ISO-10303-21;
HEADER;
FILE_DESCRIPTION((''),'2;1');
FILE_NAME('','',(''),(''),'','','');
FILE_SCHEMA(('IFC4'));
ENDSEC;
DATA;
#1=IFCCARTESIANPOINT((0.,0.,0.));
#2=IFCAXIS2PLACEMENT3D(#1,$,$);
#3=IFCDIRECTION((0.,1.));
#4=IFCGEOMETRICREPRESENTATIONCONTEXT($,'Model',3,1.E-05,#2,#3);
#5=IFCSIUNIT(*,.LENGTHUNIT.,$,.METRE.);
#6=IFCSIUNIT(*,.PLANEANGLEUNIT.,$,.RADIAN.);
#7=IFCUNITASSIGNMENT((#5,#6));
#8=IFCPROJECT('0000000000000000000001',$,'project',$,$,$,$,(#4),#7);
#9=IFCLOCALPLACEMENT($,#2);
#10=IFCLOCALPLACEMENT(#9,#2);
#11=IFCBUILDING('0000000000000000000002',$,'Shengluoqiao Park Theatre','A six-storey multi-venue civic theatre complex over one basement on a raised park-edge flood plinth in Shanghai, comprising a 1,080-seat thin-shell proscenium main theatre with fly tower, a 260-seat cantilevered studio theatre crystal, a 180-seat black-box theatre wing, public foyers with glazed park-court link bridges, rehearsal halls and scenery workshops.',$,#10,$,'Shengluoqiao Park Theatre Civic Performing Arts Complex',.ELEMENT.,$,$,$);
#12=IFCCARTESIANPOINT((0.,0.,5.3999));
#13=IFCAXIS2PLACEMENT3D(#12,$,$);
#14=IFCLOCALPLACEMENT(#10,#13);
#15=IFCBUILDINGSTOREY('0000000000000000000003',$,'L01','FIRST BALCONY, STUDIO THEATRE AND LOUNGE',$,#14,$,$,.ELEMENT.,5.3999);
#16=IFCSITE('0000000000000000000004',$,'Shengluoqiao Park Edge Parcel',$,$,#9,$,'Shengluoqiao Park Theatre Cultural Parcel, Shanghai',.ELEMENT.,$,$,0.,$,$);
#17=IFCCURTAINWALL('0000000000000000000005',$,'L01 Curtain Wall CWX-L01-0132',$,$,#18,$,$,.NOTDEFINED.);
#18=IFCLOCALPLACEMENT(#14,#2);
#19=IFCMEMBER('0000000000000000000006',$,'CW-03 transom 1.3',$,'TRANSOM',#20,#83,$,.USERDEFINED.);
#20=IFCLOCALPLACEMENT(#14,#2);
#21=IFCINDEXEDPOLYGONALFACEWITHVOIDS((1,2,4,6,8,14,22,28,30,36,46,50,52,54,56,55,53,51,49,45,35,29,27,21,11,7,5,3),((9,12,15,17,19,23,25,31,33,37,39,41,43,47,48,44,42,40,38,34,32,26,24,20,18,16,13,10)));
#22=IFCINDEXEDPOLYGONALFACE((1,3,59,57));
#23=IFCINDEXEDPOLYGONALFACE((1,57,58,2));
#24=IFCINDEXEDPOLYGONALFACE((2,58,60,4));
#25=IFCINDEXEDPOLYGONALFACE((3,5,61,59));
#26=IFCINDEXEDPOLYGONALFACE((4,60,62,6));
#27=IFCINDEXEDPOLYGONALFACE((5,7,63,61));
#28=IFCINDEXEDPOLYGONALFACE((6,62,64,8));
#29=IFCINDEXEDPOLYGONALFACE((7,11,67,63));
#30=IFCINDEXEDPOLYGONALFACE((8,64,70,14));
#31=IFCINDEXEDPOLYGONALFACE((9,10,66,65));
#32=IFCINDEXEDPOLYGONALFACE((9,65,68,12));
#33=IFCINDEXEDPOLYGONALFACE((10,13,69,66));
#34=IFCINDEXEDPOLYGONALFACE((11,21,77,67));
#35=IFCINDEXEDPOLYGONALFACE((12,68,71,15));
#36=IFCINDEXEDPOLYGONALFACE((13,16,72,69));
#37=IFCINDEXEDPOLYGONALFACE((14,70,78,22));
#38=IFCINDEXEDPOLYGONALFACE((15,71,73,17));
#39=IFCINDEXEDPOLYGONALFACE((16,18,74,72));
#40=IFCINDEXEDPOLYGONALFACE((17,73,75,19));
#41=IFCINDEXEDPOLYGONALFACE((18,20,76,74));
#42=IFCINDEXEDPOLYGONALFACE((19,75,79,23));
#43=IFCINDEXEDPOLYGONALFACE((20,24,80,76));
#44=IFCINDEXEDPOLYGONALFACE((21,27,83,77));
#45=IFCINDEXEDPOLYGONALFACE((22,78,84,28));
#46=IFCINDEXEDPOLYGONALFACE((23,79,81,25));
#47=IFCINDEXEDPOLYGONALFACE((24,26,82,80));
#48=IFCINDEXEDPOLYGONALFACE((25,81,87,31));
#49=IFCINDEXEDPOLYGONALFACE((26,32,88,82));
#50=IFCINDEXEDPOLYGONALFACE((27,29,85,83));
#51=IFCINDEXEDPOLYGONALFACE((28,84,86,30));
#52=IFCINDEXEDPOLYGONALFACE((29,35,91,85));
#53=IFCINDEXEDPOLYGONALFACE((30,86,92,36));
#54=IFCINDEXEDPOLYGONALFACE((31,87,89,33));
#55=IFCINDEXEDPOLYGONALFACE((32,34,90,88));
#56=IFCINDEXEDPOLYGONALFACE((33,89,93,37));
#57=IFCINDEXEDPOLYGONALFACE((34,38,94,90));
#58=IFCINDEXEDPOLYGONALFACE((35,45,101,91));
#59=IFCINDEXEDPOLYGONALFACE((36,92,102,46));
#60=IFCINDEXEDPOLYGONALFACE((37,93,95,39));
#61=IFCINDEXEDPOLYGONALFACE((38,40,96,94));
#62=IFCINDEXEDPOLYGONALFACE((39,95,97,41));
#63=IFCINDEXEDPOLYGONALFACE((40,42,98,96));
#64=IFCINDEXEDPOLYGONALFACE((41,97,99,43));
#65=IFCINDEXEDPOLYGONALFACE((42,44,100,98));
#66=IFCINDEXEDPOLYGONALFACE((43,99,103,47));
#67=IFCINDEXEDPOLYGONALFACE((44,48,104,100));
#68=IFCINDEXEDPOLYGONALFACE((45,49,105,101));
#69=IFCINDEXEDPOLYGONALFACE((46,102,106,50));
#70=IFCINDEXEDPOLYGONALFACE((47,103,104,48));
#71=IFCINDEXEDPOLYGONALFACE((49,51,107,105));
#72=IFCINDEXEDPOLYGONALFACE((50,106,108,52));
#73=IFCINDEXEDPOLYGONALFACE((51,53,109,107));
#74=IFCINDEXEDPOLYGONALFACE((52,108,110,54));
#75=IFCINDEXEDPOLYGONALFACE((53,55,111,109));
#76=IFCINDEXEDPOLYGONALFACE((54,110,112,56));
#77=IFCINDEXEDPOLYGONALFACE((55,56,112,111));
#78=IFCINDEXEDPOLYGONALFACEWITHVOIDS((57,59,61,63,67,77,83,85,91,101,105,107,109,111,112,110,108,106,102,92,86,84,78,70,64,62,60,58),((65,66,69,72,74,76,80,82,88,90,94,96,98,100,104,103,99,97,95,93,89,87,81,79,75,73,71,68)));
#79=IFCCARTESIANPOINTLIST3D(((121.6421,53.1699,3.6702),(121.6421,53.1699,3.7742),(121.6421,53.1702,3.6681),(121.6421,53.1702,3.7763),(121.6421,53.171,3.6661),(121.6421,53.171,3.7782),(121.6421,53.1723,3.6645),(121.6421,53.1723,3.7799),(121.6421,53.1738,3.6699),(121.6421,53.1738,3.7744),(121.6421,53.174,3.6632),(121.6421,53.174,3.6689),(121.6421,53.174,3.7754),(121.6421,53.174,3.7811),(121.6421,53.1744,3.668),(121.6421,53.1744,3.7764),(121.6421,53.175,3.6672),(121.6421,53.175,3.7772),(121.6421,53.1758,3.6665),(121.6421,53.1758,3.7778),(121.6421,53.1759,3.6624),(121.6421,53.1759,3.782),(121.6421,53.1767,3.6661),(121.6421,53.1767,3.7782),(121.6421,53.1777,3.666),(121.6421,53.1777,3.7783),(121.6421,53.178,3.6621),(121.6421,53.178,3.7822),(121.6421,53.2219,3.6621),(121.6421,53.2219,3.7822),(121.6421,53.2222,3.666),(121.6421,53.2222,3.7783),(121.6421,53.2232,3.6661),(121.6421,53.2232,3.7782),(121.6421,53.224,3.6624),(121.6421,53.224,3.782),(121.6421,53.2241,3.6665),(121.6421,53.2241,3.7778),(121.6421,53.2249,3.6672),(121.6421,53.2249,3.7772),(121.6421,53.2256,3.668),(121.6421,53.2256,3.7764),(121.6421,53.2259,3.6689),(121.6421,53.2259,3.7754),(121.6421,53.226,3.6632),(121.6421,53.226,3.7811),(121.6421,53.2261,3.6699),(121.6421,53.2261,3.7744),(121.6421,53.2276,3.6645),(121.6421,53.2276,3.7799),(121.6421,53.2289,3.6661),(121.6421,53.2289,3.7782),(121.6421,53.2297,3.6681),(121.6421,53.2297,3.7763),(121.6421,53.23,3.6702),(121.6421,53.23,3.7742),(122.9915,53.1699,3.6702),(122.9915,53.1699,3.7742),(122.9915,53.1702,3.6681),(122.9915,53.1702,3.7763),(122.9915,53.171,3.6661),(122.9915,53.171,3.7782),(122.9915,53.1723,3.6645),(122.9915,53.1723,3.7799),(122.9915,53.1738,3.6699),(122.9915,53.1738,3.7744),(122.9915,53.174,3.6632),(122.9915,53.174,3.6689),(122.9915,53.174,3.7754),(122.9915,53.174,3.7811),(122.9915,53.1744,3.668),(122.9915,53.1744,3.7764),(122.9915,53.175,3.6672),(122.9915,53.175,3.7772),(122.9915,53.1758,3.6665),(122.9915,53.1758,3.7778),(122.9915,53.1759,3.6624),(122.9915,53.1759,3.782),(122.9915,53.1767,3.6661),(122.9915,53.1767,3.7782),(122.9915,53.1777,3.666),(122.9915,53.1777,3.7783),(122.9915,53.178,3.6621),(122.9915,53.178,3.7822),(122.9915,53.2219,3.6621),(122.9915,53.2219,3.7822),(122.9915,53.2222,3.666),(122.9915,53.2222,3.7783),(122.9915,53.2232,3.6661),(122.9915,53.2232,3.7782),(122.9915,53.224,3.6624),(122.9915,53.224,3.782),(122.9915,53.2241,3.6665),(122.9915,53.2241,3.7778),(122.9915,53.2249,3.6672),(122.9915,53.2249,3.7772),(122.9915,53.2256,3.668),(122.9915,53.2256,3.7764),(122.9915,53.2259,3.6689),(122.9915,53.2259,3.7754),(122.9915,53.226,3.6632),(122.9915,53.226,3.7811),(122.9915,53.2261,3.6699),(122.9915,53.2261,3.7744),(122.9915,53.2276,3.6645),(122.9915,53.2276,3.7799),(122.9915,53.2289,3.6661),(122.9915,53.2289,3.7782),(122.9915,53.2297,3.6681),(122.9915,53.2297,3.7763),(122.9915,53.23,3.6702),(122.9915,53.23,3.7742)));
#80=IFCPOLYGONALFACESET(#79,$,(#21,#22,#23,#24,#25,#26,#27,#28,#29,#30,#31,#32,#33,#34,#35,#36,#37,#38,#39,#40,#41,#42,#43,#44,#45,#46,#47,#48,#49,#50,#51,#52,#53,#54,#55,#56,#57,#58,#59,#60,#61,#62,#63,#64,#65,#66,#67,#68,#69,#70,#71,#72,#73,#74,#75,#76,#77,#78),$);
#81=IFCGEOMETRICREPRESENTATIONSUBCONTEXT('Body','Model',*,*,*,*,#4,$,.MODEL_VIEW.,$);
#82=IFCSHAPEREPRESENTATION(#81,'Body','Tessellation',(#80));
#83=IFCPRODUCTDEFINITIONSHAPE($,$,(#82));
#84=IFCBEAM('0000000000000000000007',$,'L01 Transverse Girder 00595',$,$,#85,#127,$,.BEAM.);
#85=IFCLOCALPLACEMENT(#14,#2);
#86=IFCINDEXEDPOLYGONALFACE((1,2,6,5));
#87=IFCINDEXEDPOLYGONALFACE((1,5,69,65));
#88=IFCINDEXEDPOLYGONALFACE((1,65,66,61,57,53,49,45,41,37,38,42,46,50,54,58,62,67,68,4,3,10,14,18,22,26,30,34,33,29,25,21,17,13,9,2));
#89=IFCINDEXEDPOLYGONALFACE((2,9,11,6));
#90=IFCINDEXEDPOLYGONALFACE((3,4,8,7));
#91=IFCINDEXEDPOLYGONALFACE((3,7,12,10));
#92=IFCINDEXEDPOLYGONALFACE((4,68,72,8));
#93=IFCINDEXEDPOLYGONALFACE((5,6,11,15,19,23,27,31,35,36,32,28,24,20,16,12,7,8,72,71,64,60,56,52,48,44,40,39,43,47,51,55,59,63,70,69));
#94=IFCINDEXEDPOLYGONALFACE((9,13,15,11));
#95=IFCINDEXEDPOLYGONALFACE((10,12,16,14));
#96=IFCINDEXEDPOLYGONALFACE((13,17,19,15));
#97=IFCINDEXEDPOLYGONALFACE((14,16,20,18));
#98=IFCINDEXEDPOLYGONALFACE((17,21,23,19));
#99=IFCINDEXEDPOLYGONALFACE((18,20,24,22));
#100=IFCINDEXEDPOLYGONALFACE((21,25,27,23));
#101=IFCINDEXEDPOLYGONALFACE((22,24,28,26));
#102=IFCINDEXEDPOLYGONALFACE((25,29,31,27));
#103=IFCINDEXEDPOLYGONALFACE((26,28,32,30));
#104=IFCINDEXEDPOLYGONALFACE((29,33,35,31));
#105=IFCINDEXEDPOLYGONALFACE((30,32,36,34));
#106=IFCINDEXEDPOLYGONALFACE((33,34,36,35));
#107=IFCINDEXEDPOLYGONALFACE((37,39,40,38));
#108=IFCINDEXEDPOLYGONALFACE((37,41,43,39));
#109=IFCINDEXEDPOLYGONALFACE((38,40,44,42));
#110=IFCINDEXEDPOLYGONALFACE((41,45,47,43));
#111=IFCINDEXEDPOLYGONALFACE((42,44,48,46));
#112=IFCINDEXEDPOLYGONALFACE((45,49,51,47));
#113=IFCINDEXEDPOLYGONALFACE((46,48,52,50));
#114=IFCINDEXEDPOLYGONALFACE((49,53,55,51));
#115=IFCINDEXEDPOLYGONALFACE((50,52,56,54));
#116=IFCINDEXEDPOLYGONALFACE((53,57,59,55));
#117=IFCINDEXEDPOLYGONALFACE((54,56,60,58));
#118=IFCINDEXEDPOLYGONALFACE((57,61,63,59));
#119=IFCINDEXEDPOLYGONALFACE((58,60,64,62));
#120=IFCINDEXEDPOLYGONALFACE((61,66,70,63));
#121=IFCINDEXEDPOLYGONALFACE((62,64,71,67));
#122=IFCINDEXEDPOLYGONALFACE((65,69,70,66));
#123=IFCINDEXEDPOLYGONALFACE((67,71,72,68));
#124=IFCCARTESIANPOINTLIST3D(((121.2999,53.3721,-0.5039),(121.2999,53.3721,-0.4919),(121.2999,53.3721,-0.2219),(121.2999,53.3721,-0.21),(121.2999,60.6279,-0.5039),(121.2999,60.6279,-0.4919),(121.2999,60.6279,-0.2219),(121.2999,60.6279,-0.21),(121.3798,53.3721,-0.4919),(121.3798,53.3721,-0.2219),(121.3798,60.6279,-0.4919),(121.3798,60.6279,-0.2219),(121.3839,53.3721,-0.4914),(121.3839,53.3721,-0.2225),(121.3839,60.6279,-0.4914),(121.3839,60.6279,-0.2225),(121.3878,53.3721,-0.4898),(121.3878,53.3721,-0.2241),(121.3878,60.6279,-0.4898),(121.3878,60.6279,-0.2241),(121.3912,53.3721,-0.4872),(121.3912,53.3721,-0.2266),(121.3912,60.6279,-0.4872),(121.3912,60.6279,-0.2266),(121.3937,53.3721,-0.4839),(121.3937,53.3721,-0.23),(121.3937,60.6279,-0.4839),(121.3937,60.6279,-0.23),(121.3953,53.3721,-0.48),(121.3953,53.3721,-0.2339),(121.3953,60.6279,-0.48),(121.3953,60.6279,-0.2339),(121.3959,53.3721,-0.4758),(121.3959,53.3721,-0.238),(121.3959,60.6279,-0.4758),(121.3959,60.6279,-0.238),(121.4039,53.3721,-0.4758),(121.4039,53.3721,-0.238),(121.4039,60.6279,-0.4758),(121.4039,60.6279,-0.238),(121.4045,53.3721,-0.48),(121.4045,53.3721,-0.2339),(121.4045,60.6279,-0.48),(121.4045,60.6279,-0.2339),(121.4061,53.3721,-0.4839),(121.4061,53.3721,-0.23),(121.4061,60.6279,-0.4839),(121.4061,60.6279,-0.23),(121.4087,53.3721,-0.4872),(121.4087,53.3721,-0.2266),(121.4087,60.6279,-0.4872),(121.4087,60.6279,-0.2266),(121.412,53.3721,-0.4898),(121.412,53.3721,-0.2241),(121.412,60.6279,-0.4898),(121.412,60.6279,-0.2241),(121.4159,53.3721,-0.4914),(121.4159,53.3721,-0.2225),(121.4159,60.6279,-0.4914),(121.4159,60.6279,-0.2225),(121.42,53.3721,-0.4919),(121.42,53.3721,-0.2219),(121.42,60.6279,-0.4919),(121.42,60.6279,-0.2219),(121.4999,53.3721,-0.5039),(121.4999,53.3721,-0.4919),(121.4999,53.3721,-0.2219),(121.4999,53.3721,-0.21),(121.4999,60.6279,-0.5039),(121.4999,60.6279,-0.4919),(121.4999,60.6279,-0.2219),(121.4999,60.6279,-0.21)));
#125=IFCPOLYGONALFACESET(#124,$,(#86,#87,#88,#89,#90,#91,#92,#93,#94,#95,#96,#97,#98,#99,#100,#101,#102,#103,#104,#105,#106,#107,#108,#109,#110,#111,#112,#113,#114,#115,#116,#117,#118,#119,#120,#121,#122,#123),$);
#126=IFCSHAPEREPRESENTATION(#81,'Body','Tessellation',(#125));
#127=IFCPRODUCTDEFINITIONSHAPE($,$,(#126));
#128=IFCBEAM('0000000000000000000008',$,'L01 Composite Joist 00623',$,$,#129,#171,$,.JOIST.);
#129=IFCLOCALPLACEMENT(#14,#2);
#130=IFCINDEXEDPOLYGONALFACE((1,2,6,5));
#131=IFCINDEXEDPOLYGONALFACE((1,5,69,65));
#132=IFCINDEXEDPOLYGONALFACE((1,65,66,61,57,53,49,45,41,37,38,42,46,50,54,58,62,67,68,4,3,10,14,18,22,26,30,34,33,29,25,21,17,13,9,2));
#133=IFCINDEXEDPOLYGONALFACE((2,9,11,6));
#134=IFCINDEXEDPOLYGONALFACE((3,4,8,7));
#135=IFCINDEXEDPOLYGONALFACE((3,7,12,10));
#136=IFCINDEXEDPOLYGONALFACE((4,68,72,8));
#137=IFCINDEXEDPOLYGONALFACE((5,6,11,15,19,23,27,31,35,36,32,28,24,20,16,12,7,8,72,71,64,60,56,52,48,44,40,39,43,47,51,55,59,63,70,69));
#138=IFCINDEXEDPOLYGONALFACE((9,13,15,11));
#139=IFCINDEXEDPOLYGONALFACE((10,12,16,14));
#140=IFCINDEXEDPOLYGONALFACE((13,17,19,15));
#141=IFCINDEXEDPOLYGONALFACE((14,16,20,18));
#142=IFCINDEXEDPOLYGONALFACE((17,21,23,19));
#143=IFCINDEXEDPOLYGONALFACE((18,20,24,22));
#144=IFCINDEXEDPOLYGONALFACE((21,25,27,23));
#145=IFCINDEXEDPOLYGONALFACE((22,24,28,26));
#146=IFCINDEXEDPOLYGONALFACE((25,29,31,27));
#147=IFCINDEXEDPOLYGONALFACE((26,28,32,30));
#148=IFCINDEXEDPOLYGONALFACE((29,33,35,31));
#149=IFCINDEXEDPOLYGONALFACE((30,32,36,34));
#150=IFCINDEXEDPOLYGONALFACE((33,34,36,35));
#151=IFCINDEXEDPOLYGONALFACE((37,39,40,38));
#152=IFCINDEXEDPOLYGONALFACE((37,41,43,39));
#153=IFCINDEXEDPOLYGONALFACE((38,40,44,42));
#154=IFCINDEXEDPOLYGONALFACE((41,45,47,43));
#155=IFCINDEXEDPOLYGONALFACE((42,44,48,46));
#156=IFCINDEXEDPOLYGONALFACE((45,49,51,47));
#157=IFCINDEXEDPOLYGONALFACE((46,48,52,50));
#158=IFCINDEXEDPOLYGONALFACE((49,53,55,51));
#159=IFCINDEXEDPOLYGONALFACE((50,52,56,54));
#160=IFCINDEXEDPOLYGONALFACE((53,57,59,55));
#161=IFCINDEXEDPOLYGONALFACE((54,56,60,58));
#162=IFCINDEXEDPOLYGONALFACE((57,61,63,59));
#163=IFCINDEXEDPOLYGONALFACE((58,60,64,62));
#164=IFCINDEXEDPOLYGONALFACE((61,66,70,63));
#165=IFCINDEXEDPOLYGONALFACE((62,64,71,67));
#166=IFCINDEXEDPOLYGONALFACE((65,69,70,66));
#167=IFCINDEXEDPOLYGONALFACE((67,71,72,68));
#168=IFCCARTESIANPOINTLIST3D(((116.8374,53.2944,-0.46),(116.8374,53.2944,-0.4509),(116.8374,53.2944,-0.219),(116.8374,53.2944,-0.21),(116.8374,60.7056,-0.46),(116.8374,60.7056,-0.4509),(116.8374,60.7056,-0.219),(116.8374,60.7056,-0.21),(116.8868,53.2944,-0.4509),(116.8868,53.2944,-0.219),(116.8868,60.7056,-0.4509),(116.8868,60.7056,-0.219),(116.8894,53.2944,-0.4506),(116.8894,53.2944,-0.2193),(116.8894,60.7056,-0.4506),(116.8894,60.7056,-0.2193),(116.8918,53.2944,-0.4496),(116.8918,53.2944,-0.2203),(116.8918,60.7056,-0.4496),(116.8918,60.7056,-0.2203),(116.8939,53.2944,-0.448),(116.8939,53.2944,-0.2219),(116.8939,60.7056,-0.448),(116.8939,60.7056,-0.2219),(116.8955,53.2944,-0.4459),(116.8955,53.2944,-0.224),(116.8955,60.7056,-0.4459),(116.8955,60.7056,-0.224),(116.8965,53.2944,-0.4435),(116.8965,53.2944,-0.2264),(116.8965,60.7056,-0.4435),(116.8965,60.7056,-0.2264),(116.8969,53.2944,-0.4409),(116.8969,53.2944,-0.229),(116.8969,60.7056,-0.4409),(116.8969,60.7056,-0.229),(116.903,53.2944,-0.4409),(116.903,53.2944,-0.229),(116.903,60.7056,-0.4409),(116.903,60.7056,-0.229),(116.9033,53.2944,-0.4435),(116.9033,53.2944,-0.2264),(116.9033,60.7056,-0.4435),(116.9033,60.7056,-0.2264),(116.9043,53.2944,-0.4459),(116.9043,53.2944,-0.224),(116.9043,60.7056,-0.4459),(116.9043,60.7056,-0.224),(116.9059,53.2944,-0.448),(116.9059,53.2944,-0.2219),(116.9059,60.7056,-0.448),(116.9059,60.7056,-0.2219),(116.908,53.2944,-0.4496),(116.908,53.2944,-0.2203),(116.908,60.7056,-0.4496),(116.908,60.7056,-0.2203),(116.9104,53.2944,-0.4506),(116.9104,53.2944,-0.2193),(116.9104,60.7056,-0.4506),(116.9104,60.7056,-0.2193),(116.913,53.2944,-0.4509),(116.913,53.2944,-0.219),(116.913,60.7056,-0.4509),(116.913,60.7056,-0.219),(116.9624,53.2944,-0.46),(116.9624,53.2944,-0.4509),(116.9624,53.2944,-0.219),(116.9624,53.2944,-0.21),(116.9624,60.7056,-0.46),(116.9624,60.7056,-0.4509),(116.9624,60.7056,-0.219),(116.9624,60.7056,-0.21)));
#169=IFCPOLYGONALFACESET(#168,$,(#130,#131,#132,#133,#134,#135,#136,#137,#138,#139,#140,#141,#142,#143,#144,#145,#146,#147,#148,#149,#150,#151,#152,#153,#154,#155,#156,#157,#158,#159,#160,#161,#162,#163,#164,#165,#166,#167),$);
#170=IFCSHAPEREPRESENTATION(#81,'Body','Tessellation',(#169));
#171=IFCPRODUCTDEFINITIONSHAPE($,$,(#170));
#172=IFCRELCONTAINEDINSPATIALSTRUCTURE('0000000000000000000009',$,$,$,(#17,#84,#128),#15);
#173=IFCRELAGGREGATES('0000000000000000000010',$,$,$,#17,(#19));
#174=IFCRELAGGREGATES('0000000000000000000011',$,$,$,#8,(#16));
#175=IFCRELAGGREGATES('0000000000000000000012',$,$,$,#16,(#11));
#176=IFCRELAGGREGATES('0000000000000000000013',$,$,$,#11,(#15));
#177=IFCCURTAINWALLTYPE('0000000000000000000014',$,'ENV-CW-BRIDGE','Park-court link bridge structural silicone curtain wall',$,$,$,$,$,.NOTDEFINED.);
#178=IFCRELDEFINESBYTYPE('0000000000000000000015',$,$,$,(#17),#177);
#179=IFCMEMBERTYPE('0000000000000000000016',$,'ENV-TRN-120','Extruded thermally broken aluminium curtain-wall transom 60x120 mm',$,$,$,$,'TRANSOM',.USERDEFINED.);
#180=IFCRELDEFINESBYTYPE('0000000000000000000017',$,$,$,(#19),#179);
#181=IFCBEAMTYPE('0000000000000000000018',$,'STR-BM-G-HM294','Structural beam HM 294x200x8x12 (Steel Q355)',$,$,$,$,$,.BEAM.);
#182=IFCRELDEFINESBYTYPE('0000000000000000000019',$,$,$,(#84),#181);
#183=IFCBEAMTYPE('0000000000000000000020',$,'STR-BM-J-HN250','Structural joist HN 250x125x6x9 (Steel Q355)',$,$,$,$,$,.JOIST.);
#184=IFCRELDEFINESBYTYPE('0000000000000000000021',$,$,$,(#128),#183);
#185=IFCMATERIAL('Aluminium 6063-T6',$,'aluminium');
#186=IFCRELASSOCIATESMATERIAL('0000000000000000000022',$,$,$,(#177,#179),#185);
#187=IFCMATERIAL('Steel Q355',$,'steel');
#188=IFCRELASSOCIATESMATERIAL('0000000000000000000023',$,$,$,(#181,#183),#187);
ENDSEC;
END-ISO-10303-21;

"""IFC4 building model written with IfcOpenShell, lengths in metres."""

from ifc_helpers import new_model, si_unit, direction, frame, origin, origin_2d, place, context, subcontext, project, spatial, hollow_rectangle, i_section, extrude, material, material_profile, profile_set, type_object, element, aggregate, save


model = new_model("IFC4")

# Units and contexts
model_context = context("Model", 3, precision=1e-05, world=origin(), true_north=direction((0.0, 1.0)))
body_context = subcontext(model_context, "Body", "Model", "MODEL_VIEW")
ifc_project = project(units=[si_unit("LENGTHUNIT", "METRE"), si_unit("PLANEANGLEUNIT", "RADIAN")], contexts=[model_context])

# Site, building, storey
site_placement = place(None, origin())
site = spatial("IfcSite", under=ifc_project, at=site_placement, Name="Shengluoqiao Park Edge Parcel", LongName="Shengluoqiao Park Theatre Cultural Parcel, Shanghai", CompositionType="ELEMENT", RefElevation=0.0)
building_placement = place(site_placement, origin())
building = spatial("IfcBuilding", under=site, at=building_placement, Name="Shengluoqiao Park Theatre", Description="A six-storey multi-venue civic theatre complex over one basement on a raised park-edge flood plinth in Shanghai, comprising a 1,080-seat thin-shell proscenium main theatre with fly tower, a 260-seat cantilevered studio theatre crystal, a 180-seat black-box theatre wing, public foyers with glazed park-court link bridges, rehearsal halls and scenery workshops.", LongName="Shengluoqiao Park Theatre Civic Performing Arts Complex", CompositionType="ELEMENT")
storey_placement = place(building_placement, frame((0.0, 0.0, 5.3999)))
storey = spatial("IfcBuildingStorey", under=building, at=storey_placement, Name="L01", Description="FIRST BALCONY, STUDIO THEATRE AND LOUNGE", CompositionType="ELEMENT", Elevation=5.3999)

# Shared definitions
ifc_material_1 = material(Name="Steel Q355", Category="steel")

# Shared definitions
ifc_material_2 = material(Name="Aluminium 6063-T6", Category="aluminium")
curtain_wall_type = type_object("IfcCurtainWallType", Name="ENV-CW-BRIDGE", Description="Park-court link bridge structural silicone curtain wall", PredefinedType="NOTDEFINED", material=ifc_material_2)

# Curtain wall
curtain_wall_1_placement = place(storey_placement, origin())
curtain_wall_1 = element("IfcCurtainWall", 1, at=curtain_wall_1_placement, inside=storey, type_object=curtain_wall_type, Name="L01 Curtain Wall CWX-L01-0132", PredefinedType="NOTDEFINED")

# Member
ifc_material_profile_1 = material_profile(ifc_material_2, hollow_rectangle(XDim=0.0601, YDim=0.1201, WallThickness=0.0039, InnerFilletRadius=0.0039, OuterFilletRadius=0.0081, at=origin_2d()), Name="ALU TRANSOM 120x60x4")
ifc_profile_set_1 = profile_set([ifc_material_profile_1], Name="Aluminium 6063-T6")
member_type_1 = type_object("IfcMemberType", Name="ENV-TRN-120", Description="Extruded thermally broken aluminium curtain-wall transom 60x120 mm", ElementType="TRANSOM", PredefinedType="USERDEFINED", material=ifc_profile_set_1)
member_1_placement = place(storey_placement, frame((121.6421, 53.2, 3.7222), z_axis=(1.0, 0.0, 0.0), x_axis=(0.0, 1.0, 0.0)))
member_1 = element("IfcMember", 2, at=member_1_placement, type_object=member_type_1, Name="CW-03 transom 1.3", ObjectType="TRANSOM", PredefinedType="USERDEFINED", context=body_context, shape_type="SweptSolid", body=[
    extrude(hollow_rectangle(XDim=0.0601, YDim=0.1201, WallThickness=0.0039, InnerFilletRadius=0.0039, OuterFilletRadius=0.0081, at=origin_2d()), origin(), (0.0, 0.0, 1.0), 1.3494),
])
aggregate(curtain_wall_1, [member_1])

# Beams
ifc_material_profile_2 = material_profile(ifc_material_1, i_section(OverallWidth=0.2, OverallDepth=0.2939, WebThickness=0.0081, FlangeThickness=0.012, FilletRadius=0.0161, at=origin_2d()), Name="HM 294x200x8x12")
ifc_profile_set_2 = profile_set([ifc_material_profile_2], Name="Steel Q355")
beam_type_1 = type_object("IfcBeamType", Name="STR-BM-G-HM294", Description="Structural beam HM 294x200x8x12 (Steel Q355)", PredefinedType="BEAM", material=ifc_profile_set_2)
beam_1_placement = place(storey_placement, frame((121.3999, 53.3721, -0.3569), z_axis=(0.0, 1.0, 0.0), x_axis=(-1.0, 0.0, 0.0)))
element("IfcBeam", 3, at=beam_1_placement, inside=storey, type_object=beam_type_1, Name="L01 Transverse Girder 00595", PredefinedType="BEAM", context=body_context, shape_type="SweptSolid", body=[
    extrude(i_section(OverallWidth=0.2, OverallDepth=0.2939, WebThickness=0.0081, FlangeThickness=0.012, FilletRadius=0.0161, at=origin_2d()), origin(), (0.0, 0.0, 1.0), 7.2559),
])
ifc_material_profile_3 = material_profile(ifc_material_1, i_section(OverallWidth=0.125, OverallDepth=0.25, WebThickness=0.0061, FlangeThickness=0.009, FilletRadius=0.01, at=origin_2d()), Name="HN 250x125x6x9")
ifc_profile_set_3 = profile_set([ifc_material_profile_3], Name="Steel Q355")
beam_type_2 = type_object("IfcBeamType", Name="STR-BM-J-HN250", Description="Structural joist HN 250x125x6x9 (Steel Q355)", PredefinedType="JOIST", material=ifc_profile_set_3)
for number, where, z_axis, x_axis, name in (
    (4, (116.8999, 53.2944, -0.335), (0.0, 1.0, 0.0), (-1.0, 0.0, 0.0), "L01 Composite Joist 00623"),
):
    element("IfcBeam", number, at=place(storey_placement, frame(where, z_axis=z_axis, x_axis=x_axis)), inside=storey, type_object=beam_type_2, Name=name, PredefinedType="JOIST", context=body_context, shape_type="SweptSolid", body=[
        extrude(i_section(OverallWidth=0.125, OverallDepth=0.25, WebThickness=0.0061, FlangeThickness=0.009, FilletRadius=0.01, at=origin_2d()), origin(), (0.0, 0.0, 1.0), 7.4111),
    ])

save(model, "model.ifc")
